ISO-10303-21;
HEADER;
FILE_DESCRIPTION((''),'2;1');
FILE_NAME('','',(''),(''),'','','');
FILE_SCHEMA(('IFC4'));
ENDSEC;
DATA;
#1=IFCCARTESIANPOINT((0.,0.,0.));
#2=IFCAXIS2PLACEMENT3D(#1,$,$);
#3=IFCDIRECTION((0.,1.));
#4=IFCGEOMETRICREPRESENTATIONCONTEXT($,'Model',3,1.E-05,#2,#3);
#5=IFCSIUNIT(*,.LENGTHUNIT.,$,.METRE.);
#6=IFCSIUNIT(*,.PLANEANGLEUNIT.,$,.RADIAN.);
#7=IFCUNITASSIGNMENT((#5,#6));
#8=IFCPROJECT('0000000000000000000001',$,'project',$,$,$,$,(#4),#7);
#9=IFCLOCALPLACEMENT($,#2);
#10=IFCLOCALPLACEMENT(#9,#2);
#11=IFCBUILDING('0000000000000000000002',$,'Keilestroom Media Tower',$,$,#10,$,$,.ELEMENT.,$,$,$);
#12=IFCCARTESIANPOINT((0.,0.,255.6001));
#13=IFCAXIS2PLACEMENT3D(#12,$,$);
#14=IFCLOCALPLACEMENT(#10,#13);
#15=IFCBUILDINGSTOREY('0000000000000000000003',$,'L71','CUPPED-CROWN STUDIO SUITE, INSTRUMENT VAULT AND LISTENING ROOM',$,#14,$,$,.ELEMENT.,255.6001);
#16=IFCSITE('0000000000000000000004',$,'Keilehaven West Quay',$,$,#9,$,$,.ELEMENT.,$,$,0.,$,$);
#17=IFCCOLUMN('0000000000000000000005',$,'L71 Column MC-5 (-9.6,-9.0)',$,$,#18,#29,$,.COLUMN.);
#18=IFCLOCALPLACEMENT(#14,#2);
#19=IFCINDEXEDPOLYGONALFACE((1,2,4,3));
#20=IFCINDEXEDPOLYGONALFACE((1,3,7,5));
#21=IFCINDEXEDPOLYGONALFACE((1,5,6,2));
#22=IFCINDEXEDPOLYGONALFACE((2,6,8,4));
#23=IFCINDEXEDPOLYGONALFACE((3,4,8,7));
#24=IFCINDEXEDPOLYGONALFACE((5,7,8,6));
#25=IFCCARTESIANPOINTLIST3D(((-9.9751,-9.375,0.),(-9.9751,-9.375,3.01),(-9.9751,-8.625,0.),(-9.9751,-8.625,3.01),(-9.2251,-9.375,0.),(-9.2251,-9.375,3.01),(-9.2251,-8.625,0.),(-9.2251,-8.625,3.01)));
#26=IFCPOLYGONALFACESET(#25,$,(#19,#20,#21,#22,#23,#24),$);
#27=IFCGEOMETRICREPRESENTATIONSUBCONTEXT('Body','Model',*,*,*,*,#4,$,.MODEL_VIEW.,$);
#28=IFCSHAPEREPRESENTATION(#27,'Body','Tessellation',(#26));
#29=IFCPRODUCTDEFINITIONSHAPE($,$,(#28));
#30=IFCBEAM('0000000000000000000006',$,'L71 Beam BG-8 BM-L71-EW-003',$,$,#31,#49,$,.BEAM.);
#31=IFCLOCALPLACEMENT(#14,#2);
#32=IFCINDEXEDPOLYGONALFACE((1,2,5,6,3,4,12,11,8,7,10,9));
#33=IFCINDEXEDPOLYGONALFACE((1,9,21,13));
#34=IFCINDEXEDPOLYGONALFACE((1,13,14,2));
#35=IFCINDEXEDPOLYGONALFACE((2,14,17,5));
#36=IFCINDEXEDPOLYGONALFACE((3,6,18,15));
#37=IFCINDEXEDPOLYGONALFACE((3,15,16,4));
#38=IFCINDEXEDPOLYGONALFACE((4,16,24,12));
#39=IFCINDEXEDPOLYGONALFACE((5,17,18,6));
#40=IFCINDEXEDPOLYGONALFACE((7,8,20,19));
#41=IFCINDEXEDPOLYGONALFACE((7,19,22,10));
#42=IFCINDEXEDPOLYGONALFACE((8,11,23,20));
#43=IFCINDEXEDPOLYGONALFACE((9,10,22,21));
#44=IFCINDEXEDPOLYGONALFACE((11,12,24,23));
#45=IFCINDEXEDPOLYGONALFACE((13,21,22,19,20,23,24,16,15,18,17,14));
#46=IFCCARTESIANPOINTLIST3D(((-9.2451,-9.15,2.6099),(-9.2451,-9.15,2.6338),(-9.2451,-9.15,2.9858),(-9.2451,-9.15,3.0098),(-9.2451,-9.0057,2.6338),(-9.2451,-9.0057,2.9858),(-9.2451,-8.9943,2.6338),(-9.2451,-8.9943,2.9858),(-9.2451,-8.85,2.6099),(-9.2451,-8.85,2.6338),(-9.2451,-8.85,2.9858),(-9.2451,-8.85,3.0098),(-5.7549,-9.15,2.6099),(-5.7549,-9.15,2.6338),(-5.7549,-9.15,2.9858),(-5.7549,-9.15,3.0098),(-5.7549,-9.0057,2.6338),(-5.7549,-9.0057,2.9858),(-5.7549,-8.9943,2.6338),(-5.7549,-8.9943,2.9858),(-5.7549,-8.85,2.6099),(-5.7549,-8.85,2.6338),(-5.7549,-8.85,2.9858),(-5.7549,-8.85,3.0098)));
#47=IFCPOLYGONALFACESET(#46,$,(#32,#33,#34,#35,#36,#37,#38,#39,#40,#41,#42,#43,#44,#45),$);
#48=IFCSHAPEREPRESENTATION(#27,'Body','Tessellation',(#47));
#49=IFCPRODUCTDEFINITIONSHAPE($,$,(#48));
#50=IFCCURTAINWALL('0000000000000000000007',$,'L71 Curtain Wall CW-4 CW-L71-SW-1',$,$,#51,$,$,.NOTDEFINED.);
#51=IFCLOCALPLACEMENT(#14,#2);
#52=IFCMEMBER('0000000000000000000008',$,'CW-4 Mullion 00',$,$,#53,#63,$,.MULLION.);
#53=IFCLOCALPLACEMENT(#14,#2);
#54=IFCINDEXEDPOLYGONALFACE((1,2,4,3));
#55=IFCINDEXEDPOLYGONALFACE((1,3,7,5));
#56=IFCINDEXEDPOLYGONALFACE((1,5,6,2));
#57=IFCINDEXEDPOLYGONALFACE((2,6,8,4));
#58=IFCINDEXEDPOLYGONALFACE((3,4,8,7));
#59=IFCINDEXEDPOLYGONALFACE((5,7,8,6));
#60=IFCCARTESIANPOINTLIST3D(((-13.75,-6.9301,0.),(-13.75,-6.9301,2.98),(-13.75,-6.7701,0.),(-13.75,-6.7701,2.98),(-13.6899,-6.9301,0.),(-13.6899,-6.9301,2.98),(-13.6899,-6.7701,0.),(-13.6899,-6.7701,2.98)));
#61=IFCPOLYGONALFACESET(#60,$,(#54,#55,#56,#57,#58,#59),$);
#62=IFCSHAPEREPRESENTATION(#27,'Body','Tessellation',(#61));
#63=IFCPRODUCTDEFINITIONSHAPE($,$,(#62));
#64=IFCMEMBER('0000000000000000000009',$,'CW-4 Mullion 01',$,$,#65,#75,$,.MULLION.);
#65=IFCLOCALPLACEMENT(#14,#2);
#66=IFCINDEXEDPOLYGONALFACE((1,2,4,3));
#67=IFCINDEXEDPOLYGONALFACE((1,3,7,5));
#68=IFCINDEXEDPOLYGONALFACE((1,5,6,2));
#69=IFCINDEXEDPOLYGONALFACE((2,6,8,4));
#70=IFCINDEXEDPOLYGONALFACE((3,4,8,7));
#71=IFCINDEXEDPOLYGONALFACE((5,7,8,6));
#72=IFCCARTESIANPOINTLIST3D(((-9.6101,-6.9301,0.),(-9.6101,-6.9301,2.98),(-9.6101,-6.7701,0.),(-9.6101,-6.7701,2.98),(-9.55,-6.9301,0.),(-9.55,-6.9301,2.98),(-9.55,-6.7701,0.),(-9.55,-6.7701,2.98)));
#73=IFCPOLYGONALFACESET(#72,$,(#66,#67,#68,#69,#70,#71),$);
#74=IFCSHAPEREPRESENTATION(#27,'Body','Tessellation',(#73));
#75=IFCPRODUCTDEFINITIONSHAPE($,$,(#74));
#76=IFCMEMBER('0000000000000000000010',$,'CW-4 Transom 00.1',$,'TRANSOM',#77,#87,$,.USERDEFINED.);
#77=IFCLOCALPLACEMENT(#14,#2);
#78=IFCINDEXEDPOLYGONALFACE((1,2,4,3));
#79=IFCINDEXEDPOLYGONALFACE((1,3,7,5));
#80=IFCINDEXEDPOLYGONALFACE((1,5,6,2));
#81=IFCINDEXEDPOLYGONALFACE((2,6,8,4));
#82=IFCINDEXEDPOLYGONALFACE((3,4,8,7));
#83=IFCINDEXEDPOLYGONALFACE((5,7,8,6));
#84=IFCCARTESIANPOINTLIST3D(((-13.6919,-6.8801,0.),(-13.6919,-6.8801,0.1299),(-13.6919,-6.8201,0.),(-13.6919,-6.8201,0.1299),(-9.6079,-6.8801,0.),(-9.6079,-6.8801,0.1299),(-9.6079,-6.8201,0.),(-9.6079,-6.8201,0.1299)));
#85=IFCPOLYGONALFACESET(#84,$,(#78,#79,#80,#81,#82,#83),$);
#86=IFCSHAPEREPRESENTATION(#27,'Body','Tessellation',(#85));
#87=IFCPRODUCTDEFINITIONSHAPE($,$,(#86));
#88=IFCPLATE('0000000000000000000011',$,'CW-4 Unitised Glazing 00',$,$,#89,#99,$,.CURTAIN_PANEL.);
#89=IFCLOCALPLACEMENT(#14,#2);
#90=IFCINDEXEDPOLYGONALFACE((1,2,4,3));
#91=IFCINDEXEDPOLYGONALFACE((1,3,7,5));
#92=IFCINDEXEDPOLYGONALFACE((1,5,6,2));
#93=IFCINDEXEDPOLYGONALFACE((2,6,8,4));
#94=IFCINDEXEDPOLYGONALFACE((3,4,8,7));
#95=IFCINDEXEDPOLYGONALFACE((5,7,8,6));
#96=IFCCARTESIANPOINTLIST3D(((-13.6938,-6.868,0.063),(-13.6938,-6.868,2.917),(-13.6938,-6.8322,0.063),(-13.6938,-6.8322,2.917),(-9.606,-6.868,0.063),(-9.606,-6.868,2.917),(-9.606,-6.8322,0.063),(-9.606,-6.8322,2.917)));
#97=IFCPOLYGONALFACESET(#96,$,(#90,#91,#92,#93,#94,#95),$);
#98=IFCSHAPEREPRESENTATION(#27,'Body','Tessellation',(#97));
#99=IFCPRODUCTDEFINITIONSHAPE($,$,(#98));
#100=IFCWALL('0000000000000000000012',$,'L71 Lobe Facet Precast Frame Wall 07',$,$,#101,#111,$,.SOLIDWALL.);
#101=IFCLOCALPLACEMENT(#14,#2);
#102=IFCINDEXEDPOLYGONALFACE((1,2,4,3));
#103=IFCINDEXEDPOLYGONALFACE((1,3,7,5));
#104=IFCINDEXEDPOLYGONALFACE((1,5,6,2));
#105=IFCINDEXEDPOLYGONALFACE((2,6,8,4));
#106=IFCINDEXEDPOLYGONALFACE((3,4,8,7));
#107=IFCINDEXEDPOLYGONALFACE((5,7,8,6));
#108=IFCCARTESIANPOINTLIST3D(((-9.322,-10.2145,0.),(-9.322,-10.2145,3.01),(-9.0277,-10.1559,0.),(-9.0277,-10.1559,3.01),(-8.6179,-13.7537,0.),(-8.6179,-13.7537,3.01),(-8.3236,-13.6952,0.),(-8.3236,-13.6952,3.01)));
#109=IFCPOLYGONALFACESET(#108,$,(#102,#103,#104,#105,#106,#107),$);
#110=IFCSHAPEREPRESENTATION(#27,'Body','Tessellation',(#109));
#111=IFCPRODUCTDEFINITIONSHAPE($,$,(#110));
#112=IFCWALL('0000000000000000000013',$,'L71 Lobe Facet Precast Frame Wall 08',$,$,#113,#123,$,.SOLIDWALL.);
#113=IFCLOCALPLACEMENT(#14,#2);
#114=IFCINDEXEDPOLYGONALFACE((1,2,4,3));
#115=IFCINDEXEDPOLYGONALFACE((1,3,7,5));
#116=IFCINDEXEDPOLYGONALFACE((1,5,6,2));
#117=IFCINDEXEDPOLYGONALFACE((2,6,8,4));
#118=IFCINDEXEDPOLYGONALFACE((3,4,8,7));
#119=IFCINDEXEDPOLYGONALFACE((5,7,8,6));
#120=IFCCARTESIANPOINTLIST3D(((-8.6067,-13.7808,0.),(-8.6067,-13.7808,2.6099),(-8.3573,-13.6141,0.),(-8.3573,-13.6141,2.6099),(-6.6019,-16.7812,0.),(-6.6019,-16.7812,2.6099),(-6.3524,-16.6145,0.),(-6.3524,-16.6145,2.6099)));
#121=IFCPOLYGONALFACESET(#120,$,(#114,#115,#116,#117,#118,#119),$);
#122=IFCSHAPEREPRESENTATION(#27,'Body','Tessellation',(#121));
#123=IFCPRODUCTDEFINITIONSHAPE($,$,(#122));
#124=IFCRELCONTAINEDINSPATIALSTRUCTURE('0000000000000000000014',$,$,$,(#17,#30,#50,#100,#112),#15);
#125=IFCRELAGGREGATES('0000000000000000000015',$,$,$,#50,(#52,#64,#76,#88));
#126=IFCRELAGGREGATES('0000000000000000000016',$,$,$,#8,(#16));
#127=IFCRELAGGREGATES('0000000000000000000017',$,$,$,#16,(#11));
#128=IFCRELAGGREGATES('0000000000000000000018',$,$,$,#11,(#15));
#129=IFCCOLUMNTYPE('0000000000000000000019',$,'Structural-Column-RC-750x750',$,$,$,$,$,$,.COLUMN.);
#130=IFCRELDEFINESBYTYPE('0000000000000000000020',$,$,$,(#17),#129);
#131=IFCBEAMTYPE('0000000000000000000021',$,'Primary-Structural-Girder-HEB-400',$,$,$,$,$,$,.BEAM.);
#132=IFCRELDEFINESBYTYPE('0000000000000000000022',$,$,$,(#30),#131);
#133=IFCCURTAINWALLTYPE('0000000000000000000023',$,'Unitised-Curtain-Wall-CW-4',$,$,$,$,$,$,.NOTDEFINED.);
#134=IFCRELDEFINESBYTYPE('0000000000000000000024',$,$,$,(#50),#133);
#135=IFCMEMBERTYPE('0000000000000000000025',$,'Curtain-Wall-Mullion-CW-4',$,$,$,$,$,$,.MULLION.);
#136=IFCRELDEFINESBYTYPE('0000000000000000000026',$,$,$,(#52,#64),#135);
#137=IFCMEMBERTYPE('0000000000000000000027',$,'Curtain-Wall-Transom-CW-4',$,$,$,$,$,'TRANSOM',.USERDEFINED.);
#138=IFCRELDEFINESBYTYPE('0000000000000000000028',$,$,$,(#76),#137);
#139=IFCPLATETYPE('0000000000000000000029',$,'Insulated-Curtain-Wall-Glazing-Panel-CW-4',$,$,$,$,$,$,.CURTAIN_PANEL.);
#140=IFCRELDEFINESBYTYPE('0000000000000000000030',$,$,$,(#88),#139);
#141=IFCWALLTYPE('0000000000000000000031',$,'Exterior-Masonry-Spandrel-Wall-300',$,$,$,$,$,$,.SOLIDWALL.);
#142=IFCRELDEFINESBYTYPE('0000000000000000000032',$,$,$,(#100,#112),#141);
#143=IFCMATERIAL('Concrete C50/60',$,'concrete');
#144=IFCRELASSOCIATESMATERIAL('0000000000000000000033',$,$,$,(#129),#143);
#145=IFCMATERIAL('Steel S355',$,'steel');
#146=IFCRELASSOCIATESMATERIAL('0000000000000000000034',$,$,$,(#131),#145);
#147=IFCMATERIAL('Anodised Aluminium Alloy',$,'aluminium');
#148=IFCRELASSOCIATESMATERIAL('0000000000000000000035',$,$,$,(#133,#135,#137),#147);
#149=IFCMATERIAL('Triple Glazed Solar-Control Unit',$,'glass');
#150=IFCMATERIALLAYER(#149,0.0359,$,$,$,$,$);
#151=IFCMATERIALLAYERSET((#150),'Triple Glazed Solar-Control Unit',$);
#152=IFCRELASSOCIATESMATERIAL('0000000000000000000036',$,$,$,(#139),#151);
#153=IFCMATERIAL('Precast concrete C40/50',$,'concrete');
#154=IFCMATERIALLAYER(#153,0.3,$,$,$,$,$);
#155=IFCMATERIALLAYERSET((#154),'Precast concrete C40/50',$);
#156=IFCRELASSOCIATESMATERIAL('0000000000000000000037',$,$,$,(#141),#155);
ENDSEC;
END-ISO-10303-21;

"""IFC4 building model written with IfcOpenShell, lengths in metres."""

from ifc_helpers import new_model, si_unit, direction, frame, frame_2d, origin, origin_2d, place, context, subcontext, project, spatial, rectangle, i_section, extrude, source, transform, mapped, material, layer, layer_set, material_profile, profile_set, type_object, element, aggregate, save


model = new_model("IFC4")

# Units and contexts
model_context = context("Model", 3, precision=1e-05, world=origin(), true_north=direction((0.0, 1.0)))
body_context = subcontext(model_context, "Body", "Model", "MODEL_VIEW")
ifc_project = project(units=[si_unit("LENGTHUNIT", "METRE"), si_unit("PLANEANGLEUNIT", "RADIAN")], contexts=[model_context])

# Site, building, storey
site_placement = place(None, origin())
site = spatial("IfcSite", under=ifc_project, at=site_placement, Name="Keilehaven West Quay", CompositionType="ELEMENT", RefElevation=0.0)
building_placement = place(site_placement, origin())
building = spatial("IfcBuilding", under=site, at=building_placement, Name="Keilestroom Media Tower", CompositionType="ELEMENT")
storey_placement = place(building_placement, frame((0.0, 0.0, 255.6001)))
storey = spatial("IfcBuildingStorey", under=building, at=storey_placement, Name="L71", Description="CUPPED-CROWN STUDIO SUITE, INSTRUMENT VAULT AND LISTENING ROOM", CompositionType="ELEMENT", Elevation=255.6001)

# Column
ifc_material_1 = material(Name="Concrete C50/60", Category="concrete")
ifc_material_profile_1 = material_profile(ifc_material_1, rectangle(XDim=0.75, YDim=0.75, at=origin_2d()), Name="RC 750x750")
ifc_profile_set_1 = profile_set([ifc_material_profile_1], Name="Concrete C50/60")
column_type = type_object("IfcColumnType", Name="Structural-Column-RC-750x750", PredefinedType="COLUMN", material=ifc_profile_set_1)
shared_shape_1 = source(origin(), body_context, "Body", "SweptSolid", [
    extrude(rectangle(XDim=0.75, YDim=0.75, at=origin_2d()), origin(), (0.0, 0.0, 1.0), 3.01),
])
column_placement = place(storey_placement, frame((-9.6001, -9.0, 0.0), z_axis=(0.0, 0.0, 1.0), x_axis=(1.0, 0.0, 0.0)))
element("IfcColumn", 1, at=column_placement, inside=storey, type_object=column_type, Name="L71 Column MC-5 (-9.6,-9.0)", PredefinedType="COLUMN", context=body_context, shape_type="MappedRepresentation", body=[
    mapped(shared_shape_1, transform((0.0, 0.0, 0.0), x_axis=(1.0, 0.0, 0.0), y_axis=(0.0, 1.0, 0.0), z_axis=(0.0, 0.0, 1.0), scale=1.0)),
])

# Beam
ifc_material_2 = material(Name="Steel S355", Category="steel")
ifc_material_profile_2 = material_profile(ifc_material_2, i_section(OverallWidth=0.3, OverallDepth=0.3999, WebThickness=0.0115, FlangeThickness=0.0239, at=origin_2d()), Name="HEB 400")
ifc_profile_set_2 = profile_set([ifc_material_profile_2], Name="Steel S355")
beam_type = type_object("IfcBeamType", Name="Primary-Structural-Girder-HEB-400", PredefinedType="BEAM", material=ifc_profile_set_2)
shared_shape_2 = source(origin(), body_context, "Body", "SweptSolid", [
    extrude(i_section(OverallWidth=0.3, OverallDepth=0.3999, WebThickness=0.0115, FlangeThickness=0.0239, at=origin_2d()), origin(), (0.0, 0.0, 1.0), 3.4902),
])
beam_placement = place(storey_placement, frame((-9.2451, -9.0, 2.8098), z_axis=(1.0, 0.0, 0.0), x_axis=(0.0, 1.0, 0.0)))
element("IfcBeam", 2, at=beam_placement, inside=storey, type_object=beam_type, Name="L71 Beam BG-8 BM-L71-EW-003", PredefinedType="BEAM", context=body_context, shape_type="MappedRepresentation", body=[
    mapped(shared_shape_2, transform((0.0, 0.0, 0.0), x_axis=(1.0, 0.0, 0.0), y_axis=(0.0, 1.0, 0.0), z_axis=(0.0, 0.0, 1.0), scale=1.0)),
])

# Curtain wall, members, plate
ifc_material_3 = material(Name="Anodised Aluminium Alloy", Category="aluminium")
curtain_wall_type = type_object("IfcCurtainWallType", Name="Unitised-Curtain-Wall-CW-4", PredefinedType="NOTDEFINED", material=ifc_material_3)
curtain_wall_placement = place(storey_placement, origin())
curtain_wall = element("IfcCurtainWall", 3, at=curtain_wall_placement, inside=storey, type_object=curtain_wall_type, Name="L71 Curtain Wall CW-4 CW-L71-SW-1", PredefinedType="NOTDEFINED")
ifc_material_profile_3 = material_profile(ifc_material_3, rectangle(XDim=0.0601, YDim=0.1599, at=origin_2d()), Name="ALU MULLION 60x160")
ifc_profile_set_3 = profile_set([ifc_material_profile_3], Name="Anodised Aluminium Alloy")
member_type_1 = type_object("IfcMemberType", Name="Curtain-Wall-Mullion-CW-4", PredefinedType="MULLION", material=ifc_profile_set_3)
shared_shape_3 = source(origin(), body_context, "Body", "SweptSolid", [
    extrude(rectangle(XDim=0.0601, YDim=0.1599, at=origin_2d()), origin(), (0.0, 0.0, 1.0), 2.98),
])
member_1_placement = place(storey_placement, frame((-13.72, -6.8501, 0.0), z_axis=(0.0, 0.0, 1.0), x_axis=(1.0, 0.0, 0.0)))
member_1 = element("IfcMember", 4, at=member_1_placement, type_object=member_type_1, Name="CW-4 Mullion 00", PredefinedType="MULLION", context=body_context, shape_type="MappedRepresentation", body=[
    mapped(shared_shape_3, transform((0.0, 0.0, 0.0), x_axis=(1.0, 0.0, 0.0), y_axis=(0.0, 1.0, 0.0), z_axis=(0.0, 0.0, 1.0), scale=1.0)),
])
member_2_placement = place(storey_placement, frame((-9.5801, -6.8501, 0.0), z_axis=(0.0, 0.0, 1.0), x_axis=(1.0, 0.0, 0.0)))
member_2 = element("IfcMember", 5, at=member_2_placement, type_object=member_type_1, Name="CW-4 Mullion 01", PredefinedType="MULLION", context=body_context, shape_type="MappedRepresentation", body=[
    mapped(shared_shape_3, transform((0.0, 0.0, 0.0), x_axis=(1.0, 0.0, 0.0), y_axis=(0.0, 1.0, 0.0), z_axis=(0.0, 0.0, 1.0), scale=1.0)),
])
ifc_material_profile_4 = material_profile(ifc_material_3, rectangle(XDim=0.0601, YDim=0.1299, at=origin_2d()), Name="ALU TRANSOM 60x130")
ifc_profile_set_4 = profile_set([ifc_material_profile_4], Name="Anodised Aluminium Alloy")
member_type_2 = type_object("IfcMemberType", Name="Curtain-Wall-Transom-CW-4", ElementType="TRANSOM", PredefinedType="USERDEFINED", material=ifc_profile_set_4)
shared_shape_4 = source(origin(), body_context, "Body", "SweptSolid", [
    extrude(rectangle(XDim=0.0601, YDim=0.1299, at=origin_2d()), origin(), (0.0, 0.0, 1.0), 4.084),
])
member_3_placement = place(storey_placement, frame((-13.6919, -6.8501, 0.0649), z_axis=(1.0, 0.0, 0.0), x_axis=(0.0, 1.0, 0.0)))
member_3 = element("IfcMember", 6, at=member_3_placement, type_object=member_type_2, Name="CW-4 Transom 00.1", ObjectType="TRANSOM", PredefinedType="USERDEFINED", context=body_context, shape_type="MappedRepresentation", body=[
    mapped(shared_shape_4, transform((0.0, 0.0, 0.0), x_axis=(1.0, 0.0, 0.0), y_axis=(0.0, 1.0, 0.0), z_axis=(0.0, 0.0, 1.0), scale=1.0)),
])
ifc_material_4 = material(Name="Triple Glazed Solar-Control Unit", Category="glass")
ifc_layer_1 = layer(ifc_material_4, 0.0359)
ifc_layer_set_1 = layer_set([ifc_layer_1], Name="Triple Glazed Solar-Control Unit")
plate_type = type_object("IfcPlateType", Name="Insulated-Curtain-Wall-Glazing-Panel-CW-4", PredefinedType="CURTAIN_PANEL", material=ifc_layer_set_1)
shared_shape_5 = source(origin(), body_context, "Body", "SweptSolid", [
    extrude(rectangle(XDim=4.0879, YDim=0.0359, at=origin_2d()), origin(), (0.0, 0.0, 1.0), 2.854),
])
plate_placement = place(storey_placement, frame((-11.6499, -6.8501, 0.063), z_axis=(0.0, 0.0, 1.0), x_axis=(1.0, 0.0, 0.0)))
plate = element("IfcPlate", 7, at=plate_placement, type_object=plate_type, Name="CW-4 Unitised Glazing 00", PredefinedType="CURTAIN_PANEL", context=body_context, shape_type="MappedRepresentation", body=[
    mapped(shared_shape_5, transform((0.0, 0.0, 0.0), x_axis=(1.0, 0.0, 0.0), y_axis=(0.0, 1.0, 0.0), z_axis=(0.0, 0.0, 1.0), scale=1.0)),
])
aggregate(curtain_wall, [member_1, member_2, member_3, plate])

# Walls
ifc_material_5 = material(Name="Precast concrete C40/50", Category="concrete")
ifc_layer_2 = layer(ifc_material_5, 0.3)
ifc_layer_set_2 = layer_set([ifc_layer_2], Name="Precast concrete C40/50")
wall_type_1 = type_object("IfcWallType", Name="Exterior-Masonry-Spandrel-Wall-300", PredefinedType="SOLIDWALL", material=ifc_layer_set_2)
wall_1_placement = place(storey_placement, frame((-9.1748, -10.1853, 0.0), z_axis=(0.0, 0.0, 1.0), x_axis=(0.195114, -0.980781, 0.0)))
element("IfcWall", 8, at=wall_1_placement, inside=storey, type_object=wall_type_1, Name="L71 Lobe Facet Precast Frame Wall 07", PredefinedType="SOLIDWALL", context=body_context, shape_type="SweptSolid", body=[
    extrude(rectangle(XDim=3.6086, YDim=0.3, at=frame_2d((1.8042, 0.0))), origin(), (0.0, 0.0, 1.0), 3.01),
])
wall_2_placement = place(storey_placement, frame((-8.4819, -13.6975, 0.0), z_axis=(0.0, 0.0, 1.0), x_axis=(0.555574, -0.831467, 0.0)))
element("IfcWall", 9, at=wall_2_placement, inside=storey, type_object=wall_type_1, Name="L71 Lobe Facet Precast Frame Wall 08", PredefinedType="SOLIDWALL", context=body_context, shape_type="SweptSolid", body=[
    extrude(rectangle(XDim=3.6086, YDim=0.3, at=frame_2d((1.8042, 0.0))), origin(), (0.0, 0.0, 1.0), 2.6099),
])

save(model, "model.ifc")
